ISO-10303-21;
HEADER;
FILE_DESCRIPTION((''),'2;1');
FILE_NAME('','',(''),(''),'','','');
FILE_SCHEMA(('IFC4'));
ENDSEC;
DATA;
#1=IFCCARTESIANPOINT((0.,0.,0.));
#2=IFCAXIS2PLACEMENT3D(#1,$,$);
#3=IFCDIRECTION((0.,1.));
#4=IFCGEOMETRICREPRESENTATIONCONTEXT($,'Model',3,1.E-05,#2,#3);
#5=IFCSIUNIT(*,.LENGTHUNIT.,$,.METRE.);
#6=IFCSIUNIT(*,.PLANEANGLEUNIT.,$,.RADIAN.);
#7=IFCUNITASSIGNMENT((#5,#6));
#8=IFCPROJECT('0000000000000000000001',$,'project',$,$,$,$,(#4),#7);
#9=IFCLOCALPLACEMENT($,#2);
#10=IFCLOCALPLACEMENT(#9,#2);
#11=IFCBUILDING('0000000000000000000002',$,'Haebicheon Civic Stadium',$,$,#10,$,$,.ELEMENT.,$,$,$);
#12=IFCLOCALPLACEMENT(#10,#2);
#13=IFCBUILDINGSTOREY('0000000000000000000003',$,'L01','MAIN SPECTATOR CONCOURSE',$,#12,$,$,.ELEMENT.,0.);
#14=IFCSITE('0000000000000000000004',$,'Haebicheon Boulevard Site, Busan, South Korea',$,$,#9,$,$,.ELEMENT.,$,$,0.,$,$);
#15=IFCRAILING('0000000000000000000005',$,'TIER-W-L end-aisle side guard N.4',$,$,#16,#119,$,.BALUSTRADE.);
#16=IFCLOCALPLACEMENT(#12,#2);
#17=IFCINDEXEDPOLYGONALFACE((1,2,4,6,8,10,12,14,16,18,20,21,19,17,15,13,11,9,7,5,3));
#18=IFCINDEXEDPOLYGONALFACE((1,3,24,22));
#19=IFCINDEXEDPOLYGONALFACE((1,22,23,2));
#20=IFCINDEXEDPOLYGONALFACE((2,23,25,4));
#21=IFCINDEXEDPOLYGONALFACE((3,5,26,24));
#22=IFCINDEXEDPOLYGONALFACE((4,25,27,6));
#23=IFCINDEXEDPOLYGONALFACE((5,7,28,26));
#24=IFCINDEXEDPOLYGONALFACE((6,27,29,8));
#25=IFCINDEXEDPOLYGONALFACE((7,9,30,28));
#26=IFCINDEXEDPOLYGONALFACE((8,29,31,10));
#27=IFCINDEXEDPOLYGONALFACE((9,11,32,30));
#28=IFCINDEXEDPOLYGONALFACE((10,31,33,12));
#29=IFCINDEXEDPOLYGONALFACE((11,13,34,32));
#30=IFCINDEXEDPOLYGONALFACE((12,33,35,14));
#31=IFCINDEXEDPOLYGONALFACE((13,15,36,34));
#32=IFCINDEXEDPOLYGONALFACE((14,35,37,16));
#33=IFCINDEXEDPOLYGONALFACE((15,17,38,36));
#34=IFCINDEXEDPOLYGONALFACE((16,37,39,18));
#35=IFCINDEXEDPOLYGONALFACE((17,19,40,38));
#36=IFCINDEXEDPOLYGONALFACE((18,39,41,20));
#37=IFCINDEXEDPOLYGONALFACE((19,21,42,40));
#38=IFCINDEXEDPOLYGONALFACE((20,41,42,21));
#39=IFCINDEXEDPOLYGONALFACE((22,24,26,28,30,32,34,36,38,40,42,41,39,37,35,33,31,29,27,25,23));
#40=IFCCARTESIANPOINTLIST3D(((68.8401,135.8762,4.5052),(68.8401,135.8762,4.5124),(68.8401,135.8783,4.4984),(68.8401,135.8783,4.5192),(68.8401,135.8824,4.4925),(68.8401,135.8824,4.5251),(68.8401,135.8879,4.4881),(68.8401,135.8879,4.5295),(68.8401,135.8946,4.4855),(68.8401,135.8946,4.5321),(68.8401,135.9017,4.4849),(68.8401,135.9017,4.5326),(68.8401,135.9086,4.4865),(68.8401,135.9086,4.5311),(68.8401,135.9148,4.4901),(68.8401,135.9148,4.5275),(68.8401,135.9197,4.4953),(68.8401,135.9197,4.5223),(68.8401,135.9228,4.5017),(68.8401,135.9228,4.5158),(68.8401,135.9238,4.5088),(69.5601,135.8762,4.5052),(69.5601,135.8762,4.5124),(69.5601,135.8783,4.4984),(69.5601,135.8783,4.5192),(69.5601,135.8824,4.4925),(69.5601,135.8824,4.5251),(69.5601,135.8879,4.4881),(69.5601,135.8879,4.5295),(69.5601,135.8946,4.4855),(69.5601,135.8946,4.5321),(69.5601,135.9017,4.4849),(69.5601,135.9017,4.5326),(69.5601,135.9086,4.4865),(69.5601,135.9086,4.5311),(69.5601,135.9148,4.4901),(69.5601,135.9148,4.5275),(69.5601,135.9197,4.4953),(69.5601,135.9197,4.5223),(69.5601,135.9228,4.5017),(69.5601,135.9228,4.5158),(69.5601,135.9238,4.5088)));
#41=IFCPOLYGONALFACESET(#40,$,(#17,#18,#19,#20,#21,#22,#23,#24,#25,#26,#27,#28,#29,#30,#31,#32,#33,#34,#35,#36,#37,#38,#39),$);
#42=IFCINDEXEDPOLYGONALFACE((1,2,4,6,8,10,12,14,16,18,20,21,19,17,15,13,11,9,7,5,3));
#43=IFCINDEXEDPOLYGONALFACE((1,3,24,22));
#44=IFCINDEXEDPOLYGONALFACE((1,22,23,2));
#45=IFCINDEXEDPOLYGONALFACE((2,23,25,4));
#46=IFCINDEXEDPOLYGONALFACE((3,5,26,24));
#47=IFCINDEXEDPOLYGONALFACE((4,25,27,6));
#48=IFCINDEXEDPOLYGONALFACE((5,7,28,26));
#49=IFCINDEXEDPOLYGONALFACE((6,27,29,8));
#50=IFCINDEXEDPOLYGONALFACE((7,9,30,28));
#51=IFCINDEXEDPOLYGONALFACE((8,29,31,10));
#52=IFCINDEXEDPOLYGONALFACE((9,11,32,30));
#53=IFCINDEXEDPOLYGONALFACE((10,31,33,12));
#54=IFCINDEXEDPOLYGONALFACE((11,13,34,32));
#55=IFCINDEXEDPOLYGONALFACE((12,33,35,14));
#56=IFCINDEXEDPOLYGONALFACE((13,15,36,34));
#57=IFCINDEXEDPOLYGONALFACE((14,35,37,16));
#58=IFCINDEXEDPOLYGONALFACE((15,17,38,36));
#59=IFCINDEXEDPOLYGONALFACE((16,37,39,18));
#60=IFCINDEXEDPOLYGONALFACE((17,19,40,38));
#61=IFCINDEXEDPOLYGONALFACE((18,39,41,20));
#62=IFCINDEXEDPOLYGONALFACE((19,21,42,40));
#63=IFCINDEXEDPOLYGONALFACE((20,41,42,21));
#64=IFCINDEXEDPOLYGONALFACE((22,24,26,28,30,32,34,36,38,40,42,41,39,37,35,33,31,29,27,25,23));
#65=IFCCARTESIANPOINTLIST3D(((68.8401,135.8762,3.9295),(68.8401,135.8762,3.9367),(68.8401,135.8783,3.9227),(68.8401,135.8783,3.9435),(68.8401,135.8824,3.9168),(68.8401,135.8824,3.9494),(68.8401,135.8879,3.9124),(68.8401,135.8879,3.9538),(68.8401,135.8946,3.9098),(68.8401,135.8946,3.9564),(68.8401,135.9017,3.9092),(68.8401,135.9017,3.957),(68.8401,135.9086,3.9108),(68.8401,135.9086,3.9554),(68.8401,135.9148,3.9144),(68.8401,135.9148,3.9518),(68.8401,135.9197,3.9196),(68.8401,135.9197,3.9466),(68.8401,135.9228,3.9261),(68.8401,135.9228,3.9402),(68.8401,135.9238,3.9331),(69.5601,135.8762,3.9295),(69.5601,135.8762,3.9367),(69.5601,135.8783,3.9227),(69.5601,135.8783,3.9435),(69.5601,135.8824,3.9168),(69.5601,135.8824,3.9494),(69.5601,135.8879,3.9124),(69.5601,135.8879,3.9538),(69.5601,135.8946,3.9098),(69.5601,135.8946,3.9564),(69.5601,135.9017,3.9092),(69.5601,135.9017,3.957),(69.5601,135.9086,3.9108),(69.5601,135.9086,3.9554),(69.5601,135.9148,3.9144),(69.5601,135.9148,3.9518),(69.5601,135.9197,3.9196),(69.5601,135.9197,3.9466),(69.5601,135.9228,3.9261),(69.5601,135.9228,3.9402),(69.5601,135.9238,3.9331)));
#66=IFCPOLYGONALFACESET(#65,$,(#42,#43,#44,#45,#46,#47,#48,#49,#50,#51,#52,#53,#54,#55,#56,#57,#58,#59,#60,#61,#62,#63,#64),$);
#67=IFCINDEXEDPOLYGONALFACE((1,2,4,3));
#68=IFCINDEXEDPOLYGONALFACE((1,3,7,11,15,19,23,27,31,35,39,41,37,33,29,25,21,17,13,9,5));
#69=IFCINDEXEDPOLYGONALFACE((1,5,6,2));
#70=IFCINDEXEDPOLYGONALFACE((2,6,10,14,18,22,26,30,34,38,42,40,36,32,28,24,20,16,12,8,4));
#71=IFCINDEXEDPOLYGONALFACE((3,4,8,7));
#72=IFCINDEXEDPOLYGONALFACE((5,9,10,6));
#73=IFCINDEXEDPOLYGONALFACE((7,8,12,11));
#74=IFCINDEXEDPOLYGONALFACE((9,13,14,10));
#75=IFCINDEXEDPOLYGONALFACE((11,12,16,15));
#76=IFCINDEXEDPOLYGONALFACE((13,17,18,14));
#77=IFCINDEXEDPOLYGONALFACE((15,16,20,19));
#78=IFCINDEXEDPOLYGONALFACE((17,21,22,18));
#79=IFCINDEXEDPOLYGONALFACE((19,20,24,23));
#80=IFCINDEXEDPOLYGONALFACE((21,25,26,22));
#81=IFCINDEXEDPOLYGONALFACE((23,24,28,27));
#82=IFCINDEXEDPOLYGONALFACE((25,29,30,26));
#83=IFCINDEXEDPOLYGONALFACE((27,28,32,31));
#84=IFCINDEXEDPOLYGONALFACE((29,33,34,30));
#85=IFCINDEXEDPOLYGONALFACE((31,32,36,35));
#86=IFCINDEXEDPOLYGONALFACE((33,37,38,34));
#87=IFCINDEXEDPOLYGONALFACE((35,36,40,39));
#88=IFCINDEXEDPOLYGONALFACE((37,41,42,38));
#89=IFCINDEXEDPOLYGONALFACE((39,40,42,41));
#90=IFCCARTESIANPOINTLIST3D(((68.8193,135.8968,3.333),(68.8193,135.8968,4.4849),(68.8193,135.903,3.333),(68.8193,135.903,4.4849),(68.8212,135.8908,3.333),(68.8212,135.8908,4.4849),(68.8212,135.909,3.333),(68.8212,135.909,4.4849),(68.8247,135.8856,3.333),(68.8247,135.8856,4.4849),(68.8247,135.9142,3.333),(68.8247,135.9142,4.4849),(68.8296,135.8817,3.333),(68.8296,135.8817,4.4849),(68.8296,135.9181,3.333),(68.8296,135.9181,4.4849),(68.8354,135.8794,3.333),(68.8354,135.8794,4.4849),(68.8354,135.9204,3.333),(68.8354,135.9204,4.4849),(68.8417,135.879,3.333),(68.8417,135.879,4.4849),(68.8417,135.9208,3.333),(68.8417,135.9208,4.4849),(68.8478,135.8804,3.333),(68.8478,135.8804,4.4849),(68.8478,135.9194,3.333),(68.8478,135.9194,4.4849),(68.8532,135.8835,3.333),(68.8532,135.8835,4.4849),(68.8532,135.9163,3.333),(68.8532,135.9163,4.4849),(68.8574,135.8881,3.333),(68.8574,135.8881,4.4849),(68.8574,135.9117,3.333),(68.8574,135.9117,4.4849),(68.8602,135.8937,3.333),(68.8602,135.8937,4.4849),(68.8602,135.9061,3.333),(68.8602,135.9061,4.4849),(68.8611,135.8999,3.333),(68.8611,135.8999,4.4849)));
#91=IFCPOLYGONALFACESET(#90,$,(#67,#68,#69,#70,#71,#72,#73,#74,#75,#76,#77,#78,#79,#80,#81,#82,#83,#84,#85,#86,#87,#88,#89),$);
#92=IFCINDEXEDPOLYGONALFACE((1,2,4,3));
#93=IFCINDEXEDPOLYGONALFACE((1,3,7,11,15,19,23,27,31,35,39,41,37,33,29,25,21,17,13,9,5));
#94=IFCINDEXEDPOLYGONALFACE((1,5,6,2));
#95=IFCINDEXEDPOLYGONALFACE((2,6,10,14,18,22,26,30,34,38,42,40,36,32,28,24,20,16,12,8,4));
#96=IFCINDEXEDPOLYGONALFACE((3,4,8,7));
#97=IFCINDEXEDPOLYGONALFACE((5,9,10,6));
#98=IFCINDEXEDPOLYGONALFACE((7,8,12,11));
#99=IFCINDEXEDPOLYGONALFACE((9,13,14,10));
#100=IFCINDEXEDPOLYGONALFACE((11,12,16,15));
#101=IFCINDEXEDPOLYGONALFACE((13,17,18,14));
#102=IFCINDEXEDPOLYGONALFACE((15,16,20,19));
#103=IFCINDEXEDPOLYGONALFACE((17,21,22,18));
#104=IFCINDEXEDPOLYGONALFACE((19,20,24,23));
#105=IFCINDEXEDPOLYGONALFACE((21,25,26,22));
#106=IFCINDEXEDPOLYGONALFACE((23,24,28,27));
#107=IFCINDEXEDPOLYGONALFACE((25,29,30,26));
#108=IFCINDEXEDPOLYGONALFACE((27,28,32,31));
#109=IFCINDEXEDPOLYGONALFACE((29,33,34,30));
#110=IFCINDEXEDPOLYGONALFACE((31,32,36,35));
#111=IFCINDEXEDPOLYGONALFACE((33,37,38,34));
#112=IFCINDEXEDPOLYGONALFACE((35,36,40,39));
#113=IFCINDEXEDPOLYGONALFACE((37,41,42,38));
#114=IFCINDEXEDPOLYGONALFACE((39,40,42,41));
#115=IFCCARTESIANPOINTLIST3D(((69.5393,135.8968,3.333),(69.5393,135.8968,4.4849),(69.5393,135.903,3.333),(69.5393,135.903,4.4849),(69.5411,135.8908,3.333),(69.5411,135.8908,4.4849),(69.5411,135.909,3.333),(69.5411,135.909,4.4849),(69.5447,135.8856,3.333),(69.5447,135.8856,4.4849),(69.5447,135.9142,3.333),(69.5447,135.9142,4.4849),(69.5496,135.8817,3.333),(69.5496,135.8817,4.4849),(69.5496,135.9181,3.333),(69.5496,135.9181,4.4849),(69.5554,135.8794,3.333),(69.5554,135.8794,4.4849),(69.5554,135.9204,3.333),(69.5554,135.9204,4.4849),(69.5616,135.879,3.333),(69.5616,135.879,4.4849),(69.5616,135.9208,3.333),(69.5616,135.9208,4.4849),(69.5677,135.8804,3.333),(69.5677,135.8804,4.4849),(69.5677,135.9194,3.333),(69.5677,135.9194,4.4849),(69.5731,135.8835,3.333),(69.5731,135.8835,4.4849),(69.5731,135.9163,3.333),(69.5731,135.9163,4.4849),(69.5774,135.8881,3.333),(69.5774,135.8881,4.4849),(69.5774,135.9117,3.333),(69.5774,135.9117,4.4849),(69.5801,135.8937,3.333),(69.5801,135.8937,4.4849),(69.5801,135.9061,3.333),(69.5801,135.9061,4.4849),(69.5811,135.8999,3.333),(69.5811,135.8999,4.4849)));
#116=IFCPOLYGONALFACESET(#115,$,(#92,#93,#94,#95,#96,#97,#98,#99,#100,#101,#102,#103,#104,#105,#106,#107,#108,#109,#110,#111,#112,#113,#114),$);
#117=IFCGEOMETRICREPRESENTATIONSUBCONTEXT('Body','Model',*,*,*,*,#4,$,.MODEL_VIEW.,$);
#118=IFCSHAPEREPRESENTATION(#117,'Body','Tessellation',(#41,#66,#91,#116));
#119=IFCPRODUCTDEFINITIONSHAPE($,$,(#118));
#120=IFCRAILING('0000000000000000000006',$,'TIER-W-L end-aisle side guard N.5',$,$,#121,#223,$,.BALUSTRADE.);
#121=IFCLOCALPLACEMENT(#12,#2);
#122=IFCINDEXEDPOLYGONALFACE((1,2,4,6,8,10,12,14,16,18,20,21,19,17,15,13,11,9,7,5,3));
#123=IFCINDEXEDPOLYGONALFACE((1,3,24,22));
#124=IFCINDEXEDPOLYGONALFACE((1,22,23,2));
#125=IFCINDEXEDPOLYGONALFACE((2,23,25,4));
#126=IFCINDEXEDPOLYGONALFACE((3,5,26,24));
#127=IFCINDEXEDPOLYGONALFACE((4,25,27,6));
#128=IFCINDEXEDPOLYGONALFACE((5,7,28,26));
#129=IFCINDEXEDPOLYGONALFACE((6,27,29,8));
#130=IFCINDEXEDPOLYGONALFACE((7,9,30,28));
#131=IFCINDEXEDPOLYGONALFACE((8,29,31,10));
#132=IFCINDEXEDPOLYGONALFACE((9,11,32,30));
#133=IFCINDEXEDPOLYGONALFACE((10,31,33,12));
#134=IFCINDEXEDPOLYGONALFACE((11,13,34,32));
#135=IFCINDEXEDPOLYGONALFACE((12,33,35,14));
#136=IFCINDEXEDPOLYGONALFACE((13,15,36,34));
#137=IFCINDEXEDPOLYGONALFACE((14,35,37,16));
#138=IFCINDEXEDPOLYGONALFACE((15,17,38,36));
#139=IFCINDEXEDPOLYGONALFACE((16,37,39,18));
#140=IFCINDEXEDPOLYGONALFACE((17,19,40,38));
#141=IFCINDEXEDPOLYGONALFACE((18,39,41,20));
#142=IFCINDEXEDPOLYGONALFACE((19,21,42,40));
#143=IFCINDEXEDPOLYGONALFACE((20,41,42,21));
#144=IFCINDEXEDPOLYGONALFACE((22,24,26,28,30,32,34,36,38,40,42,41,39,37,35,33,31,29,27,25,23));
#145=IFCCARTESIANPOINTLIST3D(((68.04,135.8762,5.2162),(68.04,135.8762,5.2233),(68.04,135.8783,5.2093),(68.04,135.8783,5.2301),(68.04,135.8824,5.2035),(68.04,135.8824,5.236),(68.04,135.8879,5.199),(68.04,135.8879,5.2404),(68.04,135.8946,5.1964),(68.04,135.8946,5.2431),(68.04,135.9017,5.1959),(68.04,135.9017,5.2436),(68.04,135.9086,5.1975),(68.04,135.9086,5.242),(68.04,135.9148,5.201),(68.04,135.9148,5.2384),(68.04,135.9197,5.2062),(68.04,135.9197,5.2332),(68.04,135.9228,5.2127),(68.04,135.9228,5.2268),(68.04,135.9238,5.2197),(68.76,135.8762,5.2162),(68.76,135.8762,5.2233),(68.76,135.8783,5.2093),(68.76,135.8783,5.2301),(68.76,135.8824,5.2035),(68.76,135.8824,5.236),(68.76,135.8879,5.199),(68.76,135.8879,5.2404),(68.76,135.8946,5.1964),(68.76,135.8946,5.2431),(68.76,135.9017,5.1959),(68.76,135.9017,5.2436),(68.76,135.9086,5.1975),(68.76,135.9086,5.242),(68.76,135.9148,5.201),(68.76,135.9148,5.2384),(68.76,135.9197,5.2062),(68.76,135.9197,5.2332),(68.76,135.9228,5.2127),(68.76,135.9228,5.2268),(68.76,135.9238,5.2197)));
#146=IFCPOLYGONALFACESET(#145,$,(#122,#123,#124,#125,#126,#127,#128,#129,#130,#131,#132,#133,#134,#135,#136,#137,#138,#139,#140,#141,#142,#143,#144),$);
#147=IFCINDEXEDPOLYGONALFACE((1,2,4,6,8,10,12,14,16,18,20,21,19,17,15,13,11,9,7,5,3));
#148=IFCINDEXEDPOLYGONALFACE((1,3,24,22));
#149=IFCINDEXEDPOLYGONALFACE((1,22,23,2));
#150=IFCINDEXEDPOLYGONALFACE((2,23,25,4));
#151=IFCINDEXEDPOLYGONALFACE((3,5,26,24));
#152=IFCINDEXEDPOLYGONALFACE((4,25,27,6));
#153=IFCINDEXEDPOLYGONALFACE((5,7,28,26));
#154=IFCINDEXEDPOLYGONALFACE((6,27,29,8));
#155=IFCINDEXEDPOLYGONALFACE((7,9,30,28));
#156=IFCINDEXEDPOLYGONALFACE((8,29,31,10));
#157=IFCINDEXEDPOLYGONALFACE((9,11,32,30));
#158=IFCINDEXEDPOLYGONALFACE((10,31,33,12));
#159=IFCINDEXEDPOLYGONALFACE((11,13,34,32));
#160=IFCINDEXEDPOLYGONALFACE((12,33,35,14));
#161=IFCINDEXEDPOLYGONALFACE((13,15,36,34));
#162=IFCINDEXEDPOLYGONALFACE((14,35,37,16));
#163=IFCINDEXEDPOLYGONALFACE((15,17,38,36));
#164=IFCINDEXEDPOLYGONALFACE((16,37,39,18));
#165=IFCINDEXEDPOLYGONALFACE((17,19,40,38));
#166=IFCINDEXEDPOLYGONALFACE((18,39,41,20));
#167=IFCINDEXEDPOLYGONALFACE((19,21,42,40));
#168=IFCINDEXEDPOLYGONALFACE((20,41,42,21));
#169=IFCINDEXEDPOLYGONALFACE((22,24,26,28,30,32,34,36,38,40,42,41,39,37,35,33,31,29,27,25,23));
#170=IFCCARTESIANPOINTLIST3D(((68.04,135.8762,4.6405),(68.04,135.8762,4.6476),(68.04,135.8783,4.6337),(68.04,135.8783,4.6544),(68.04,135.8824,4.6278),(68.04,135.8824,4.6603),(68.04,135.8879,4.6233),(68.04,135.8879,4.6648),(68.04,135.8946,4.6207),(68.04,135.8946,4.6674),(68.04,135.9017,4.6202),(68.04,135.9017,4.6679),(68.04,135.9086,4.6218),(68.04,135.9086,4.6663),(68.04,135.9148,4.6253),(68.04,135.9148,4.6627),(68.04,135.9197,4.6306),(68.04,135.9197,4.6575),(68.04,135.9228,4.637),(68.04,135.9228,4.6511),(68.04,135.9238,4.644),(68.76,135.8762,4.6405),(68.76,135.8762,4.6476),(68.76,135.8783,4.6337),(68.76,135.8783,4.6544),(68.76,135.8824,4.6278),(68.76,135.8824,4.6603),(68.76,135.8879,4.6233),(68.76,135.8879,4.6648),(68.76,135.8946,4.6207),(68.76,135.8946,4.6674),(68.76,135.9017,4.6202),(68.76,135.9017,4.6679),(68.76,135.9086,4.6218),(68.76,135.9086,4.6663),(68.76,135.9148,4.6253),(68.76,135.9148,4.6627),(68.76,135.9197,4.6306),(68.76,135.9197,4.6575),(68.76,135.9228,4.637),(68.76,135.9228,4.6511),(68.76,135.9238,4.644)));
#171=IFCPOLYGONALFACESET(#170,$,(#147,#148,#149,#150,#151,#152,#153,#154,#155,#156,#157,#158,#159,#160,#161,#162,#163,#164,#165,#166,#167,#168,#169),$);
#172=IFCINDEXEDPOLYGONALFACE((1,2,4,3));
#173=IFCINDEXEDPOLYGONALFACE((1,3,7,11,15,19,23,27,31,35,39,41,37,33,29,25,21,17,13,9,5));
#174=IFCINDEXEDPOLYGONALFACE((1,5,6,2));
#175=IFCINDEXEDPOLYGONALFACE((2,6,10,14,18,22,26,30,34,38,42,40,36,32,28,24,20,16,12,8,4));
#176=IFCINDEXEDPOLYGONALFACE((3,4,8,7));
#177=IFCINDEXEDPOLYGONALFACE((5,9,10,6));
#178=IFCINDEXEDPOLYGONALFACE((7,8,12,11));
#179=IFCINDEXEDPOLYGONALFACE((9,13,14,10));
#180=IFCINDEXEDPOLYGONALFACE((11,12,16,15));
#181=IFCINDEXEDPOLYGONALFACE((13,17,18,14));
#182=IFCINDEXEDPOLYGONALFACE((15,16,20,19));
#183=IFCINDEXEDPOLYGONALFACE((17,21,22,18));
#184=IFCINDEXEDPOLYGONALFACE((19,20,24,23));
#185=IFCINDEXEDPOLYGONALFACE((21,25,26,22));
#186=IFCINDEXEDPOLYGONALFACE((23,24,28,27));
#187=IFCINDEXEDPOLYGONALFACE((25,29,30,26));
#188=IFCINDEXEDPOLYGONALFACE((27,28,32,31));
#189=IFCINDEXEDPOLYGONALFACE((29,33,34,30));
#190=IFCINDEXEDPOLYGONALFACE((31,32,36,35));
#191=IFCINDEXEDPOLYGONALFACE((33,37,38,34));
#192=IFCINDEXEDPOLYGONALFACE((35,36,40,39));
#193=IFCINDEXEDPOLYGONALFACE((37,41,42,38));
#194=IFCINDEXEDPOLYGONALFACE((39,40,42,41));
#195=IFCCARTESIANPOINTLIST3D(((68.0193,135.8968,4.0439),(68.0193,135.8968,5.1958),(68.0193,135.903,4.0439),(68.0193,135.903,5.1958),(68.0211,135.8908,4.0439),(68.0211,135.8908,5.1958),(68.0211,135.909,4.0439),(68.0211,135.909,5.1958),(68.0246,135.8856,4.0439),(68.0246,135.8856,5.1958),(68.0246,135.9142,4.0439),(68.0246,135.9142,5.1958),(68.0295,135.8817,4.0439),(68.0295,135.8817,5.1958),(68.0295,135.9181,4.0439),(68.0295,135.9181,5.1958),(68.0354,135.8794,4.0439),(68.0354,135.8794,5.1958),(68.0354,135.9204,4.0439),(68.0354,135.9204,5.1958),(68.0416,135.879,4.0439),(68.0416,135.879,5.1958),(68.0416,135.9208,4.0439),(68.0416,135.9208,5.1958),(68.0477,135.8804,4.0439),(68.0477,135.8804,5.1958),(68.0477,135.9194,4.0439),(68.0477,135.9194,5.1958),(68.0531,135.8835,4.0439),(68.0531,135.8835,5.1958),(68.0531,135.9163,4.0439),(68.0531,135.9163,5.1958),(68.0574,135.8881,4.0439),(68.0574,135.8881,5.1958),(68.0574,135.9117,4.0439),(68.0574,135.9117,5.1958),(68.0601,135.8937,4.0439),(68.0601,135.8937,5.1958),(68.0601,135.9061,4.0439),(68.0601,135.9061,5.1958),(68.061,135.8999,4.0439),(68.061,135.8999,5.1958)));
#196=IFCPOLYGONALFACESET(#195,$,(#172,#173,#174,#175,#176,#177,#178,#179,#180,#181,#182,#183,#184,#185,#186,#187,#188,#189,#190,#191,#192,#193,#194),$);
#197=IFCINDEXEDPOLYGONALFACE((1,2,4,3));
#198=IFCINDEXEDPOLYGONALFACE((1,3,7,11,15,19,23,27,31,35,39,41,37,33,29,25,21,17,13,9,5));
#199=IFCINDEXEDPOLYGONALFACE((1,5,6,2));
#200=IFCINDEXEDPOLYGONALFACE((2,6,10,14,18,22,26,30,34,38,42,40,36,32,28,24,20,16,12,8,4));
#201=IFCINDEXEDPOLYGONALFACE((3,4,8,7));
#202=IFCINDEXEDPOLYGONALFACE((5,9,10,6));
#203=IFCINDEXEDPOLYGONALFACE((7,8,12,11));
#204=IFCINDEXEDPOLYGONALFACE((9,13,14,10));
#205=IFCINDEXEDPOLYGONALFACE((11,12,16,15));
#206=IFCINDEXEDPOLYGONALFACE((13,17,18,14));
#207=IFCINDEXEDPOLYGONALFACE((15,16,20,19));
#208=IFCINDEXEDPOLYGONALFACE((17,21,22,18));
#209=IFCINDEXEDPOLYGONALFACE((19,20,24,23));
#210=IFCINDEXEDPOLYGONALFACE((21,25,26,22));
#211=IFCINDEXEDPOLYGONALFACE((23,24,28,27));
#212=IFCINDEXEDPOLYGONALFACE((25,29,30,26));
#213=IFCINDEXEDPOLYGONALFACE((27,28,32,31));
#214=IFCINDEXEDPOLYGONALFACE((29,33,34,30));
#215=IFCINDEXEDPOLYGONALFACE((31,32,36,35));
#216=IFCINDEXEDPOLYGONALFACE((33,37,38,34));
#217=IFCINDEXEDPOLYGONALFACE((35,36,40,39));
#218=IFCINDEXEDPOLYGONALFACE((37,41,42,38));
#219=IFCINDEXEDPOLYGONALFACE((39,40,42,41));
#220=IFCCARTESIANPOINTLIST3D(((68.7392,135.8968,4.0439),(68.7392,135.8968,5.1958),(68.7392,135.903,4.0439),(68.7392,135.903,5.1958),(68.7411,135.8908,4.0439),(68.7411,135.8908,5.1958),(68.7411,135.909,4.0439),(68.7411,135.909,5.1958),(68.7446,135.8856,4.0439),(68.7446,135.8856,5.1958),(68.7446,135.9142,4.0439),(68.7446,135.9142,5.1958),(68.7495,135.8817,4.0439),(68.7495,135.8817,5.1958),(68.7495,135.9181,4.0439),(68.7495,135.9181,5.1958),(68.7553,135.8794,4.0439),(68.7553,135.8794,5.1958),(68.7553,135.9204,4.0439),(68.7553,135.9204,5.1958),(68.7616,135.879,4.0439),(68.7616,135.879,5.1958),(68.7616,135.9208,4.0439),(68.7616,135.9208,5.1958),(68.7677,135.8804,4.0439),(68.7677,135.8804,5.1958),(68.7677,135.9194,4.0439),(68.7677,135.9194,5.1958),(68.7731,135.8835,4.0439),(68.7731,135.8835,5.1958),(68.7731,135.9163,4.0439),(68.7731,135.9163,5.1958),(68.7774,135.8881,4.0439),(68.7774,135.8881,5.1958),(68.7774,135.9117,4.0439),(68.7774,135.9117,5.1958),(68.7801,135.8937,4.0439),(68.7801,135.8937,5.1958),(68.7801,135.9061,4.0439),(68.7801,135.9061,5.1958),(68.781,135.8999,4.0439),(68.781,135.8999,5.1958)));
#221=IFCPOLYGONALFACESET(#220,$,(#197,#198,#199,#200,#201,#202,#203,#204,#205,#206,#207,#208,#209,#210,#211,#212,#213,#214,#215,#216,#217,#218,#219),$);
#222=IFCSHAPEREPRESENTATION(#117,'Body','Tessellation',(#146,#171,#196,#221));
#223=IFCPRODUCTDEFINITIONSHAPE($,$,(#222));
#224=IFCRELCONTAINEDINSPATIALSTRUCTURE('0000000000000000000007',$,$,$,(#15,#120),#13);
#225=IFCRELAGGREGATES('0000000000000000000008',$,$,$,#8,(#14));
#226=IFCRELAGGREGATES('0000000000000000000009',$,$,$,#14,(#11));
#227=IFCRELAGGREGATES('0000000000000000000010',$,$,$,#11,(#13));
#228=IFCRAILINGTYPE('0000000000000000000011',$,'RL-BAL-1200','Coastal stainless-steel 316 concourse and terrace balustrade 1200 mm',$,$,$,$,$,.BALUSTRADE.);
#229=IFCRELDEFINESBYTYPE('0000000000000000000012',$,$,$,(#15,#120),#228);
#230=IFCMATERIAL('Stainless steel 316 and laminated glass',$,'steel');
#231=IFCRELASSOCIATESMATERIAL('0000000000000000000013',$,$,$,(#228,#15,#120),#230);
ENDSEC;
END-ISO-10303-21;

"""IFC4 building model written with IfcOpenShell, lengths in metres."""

from ifc_helpers import new_model, si_unit, direction, frame, origin, origin_2d, place, context, subcontext, project, spatial, circle, extrude, material, type_object, element, save


model = new_model("IFC4")

# Units and contexts
model_context = context("Model", 3, precision=1e-05, world=origin(), true_north=direction((0.0, 1.0)))
body_context = subcontext(model_context, "Body", "Model", "MODEL_VIEW")
ifc_project = project(units=[si_unit("LENGTHUNIT", "METRE"), si_unit("PLANEANGLEUNIT", "RADIAN")], contexts=[model_context])

# Site, building, storey
site_placement = place(None, origin())
site = spatial("IfcSite", under=ifc_project, at=site_placement, Name="Haebicheon Boulevard Site, Busan, South Korea", CompositionType="ELEMENT", RefElevation=0.0)
building_placement = place(site_placement, origin())
building = spatial("IfcBuilding", under=site, at=building_placement, Name="Haebicheon Civic Stadium", CompositionType="ELEMENT")
storey_placement = place(building_placement, origin())
storey = spatial("IfcBuildingStorey", under=building, at=storey_placement, Name="L01", Description="MAIN SPECTATOR CONCOURSE", CompositionType="ELEMENT", Elevation=0.0)

# Railings
ifc_material_1 = material(Name="Stainless steel 316 and laminated glass", Category="steel")
railing_type = type_object("IfcRailingType", Name="RL-BAL-1200", Description="Coastal stainless-steel 316 concourse and terrace balustrade 1200 mm", PredefinedType="BALUSTRADE", material=ifc_material_1)
for number, where, name in (
    (1, (68.8401, 135.8999, 3.333), "TIER-W-L end-aisle side guard N.4"),
    (2, (68.04, 135.8999, 4.0439), "TIER-W-L end-aisle side guard N.5"),
):
    element("IfcRailing", number, at=place(storey_placement, frame(where)), inside=storey, type_object=railing_type, material=ifc_material_1, Name=name, PredefinedType="BALUSTRADE", context=body_context, shape_type="SweptSolid", body=[
        extrude(circle(Radius=0.0239, at=origin_2d()), frame((0.0, 0.0, 1.1758), z_axis=(1.0, 0.0, 0.0), x_axis=(0.0, 1.0, 0.0)), (0.0, 0.0, 1.0), 0.72),
        extrude(circle(Radius=0.0239, at=origin_2d()), frame((0.0, 0.0, 0.6001), z_axis=(1.0, 0.0, 0.0), x_axis=(0.0, 1.0, 0.0)), (0.0, 0.0, 1.0), 0.72),
        extrude(circle(Radius=0.021, at=origin_2d()), origin(), (0.0, 0.0, 1.0), 1.1519),
        extrude(circle(Radius=0.021, at=origin_2d()), frame((0.72, 0.0, 0.0)), (0.0, 0.0, 1.0), 1.1519),
    ])

save(model, "model.ifc")
